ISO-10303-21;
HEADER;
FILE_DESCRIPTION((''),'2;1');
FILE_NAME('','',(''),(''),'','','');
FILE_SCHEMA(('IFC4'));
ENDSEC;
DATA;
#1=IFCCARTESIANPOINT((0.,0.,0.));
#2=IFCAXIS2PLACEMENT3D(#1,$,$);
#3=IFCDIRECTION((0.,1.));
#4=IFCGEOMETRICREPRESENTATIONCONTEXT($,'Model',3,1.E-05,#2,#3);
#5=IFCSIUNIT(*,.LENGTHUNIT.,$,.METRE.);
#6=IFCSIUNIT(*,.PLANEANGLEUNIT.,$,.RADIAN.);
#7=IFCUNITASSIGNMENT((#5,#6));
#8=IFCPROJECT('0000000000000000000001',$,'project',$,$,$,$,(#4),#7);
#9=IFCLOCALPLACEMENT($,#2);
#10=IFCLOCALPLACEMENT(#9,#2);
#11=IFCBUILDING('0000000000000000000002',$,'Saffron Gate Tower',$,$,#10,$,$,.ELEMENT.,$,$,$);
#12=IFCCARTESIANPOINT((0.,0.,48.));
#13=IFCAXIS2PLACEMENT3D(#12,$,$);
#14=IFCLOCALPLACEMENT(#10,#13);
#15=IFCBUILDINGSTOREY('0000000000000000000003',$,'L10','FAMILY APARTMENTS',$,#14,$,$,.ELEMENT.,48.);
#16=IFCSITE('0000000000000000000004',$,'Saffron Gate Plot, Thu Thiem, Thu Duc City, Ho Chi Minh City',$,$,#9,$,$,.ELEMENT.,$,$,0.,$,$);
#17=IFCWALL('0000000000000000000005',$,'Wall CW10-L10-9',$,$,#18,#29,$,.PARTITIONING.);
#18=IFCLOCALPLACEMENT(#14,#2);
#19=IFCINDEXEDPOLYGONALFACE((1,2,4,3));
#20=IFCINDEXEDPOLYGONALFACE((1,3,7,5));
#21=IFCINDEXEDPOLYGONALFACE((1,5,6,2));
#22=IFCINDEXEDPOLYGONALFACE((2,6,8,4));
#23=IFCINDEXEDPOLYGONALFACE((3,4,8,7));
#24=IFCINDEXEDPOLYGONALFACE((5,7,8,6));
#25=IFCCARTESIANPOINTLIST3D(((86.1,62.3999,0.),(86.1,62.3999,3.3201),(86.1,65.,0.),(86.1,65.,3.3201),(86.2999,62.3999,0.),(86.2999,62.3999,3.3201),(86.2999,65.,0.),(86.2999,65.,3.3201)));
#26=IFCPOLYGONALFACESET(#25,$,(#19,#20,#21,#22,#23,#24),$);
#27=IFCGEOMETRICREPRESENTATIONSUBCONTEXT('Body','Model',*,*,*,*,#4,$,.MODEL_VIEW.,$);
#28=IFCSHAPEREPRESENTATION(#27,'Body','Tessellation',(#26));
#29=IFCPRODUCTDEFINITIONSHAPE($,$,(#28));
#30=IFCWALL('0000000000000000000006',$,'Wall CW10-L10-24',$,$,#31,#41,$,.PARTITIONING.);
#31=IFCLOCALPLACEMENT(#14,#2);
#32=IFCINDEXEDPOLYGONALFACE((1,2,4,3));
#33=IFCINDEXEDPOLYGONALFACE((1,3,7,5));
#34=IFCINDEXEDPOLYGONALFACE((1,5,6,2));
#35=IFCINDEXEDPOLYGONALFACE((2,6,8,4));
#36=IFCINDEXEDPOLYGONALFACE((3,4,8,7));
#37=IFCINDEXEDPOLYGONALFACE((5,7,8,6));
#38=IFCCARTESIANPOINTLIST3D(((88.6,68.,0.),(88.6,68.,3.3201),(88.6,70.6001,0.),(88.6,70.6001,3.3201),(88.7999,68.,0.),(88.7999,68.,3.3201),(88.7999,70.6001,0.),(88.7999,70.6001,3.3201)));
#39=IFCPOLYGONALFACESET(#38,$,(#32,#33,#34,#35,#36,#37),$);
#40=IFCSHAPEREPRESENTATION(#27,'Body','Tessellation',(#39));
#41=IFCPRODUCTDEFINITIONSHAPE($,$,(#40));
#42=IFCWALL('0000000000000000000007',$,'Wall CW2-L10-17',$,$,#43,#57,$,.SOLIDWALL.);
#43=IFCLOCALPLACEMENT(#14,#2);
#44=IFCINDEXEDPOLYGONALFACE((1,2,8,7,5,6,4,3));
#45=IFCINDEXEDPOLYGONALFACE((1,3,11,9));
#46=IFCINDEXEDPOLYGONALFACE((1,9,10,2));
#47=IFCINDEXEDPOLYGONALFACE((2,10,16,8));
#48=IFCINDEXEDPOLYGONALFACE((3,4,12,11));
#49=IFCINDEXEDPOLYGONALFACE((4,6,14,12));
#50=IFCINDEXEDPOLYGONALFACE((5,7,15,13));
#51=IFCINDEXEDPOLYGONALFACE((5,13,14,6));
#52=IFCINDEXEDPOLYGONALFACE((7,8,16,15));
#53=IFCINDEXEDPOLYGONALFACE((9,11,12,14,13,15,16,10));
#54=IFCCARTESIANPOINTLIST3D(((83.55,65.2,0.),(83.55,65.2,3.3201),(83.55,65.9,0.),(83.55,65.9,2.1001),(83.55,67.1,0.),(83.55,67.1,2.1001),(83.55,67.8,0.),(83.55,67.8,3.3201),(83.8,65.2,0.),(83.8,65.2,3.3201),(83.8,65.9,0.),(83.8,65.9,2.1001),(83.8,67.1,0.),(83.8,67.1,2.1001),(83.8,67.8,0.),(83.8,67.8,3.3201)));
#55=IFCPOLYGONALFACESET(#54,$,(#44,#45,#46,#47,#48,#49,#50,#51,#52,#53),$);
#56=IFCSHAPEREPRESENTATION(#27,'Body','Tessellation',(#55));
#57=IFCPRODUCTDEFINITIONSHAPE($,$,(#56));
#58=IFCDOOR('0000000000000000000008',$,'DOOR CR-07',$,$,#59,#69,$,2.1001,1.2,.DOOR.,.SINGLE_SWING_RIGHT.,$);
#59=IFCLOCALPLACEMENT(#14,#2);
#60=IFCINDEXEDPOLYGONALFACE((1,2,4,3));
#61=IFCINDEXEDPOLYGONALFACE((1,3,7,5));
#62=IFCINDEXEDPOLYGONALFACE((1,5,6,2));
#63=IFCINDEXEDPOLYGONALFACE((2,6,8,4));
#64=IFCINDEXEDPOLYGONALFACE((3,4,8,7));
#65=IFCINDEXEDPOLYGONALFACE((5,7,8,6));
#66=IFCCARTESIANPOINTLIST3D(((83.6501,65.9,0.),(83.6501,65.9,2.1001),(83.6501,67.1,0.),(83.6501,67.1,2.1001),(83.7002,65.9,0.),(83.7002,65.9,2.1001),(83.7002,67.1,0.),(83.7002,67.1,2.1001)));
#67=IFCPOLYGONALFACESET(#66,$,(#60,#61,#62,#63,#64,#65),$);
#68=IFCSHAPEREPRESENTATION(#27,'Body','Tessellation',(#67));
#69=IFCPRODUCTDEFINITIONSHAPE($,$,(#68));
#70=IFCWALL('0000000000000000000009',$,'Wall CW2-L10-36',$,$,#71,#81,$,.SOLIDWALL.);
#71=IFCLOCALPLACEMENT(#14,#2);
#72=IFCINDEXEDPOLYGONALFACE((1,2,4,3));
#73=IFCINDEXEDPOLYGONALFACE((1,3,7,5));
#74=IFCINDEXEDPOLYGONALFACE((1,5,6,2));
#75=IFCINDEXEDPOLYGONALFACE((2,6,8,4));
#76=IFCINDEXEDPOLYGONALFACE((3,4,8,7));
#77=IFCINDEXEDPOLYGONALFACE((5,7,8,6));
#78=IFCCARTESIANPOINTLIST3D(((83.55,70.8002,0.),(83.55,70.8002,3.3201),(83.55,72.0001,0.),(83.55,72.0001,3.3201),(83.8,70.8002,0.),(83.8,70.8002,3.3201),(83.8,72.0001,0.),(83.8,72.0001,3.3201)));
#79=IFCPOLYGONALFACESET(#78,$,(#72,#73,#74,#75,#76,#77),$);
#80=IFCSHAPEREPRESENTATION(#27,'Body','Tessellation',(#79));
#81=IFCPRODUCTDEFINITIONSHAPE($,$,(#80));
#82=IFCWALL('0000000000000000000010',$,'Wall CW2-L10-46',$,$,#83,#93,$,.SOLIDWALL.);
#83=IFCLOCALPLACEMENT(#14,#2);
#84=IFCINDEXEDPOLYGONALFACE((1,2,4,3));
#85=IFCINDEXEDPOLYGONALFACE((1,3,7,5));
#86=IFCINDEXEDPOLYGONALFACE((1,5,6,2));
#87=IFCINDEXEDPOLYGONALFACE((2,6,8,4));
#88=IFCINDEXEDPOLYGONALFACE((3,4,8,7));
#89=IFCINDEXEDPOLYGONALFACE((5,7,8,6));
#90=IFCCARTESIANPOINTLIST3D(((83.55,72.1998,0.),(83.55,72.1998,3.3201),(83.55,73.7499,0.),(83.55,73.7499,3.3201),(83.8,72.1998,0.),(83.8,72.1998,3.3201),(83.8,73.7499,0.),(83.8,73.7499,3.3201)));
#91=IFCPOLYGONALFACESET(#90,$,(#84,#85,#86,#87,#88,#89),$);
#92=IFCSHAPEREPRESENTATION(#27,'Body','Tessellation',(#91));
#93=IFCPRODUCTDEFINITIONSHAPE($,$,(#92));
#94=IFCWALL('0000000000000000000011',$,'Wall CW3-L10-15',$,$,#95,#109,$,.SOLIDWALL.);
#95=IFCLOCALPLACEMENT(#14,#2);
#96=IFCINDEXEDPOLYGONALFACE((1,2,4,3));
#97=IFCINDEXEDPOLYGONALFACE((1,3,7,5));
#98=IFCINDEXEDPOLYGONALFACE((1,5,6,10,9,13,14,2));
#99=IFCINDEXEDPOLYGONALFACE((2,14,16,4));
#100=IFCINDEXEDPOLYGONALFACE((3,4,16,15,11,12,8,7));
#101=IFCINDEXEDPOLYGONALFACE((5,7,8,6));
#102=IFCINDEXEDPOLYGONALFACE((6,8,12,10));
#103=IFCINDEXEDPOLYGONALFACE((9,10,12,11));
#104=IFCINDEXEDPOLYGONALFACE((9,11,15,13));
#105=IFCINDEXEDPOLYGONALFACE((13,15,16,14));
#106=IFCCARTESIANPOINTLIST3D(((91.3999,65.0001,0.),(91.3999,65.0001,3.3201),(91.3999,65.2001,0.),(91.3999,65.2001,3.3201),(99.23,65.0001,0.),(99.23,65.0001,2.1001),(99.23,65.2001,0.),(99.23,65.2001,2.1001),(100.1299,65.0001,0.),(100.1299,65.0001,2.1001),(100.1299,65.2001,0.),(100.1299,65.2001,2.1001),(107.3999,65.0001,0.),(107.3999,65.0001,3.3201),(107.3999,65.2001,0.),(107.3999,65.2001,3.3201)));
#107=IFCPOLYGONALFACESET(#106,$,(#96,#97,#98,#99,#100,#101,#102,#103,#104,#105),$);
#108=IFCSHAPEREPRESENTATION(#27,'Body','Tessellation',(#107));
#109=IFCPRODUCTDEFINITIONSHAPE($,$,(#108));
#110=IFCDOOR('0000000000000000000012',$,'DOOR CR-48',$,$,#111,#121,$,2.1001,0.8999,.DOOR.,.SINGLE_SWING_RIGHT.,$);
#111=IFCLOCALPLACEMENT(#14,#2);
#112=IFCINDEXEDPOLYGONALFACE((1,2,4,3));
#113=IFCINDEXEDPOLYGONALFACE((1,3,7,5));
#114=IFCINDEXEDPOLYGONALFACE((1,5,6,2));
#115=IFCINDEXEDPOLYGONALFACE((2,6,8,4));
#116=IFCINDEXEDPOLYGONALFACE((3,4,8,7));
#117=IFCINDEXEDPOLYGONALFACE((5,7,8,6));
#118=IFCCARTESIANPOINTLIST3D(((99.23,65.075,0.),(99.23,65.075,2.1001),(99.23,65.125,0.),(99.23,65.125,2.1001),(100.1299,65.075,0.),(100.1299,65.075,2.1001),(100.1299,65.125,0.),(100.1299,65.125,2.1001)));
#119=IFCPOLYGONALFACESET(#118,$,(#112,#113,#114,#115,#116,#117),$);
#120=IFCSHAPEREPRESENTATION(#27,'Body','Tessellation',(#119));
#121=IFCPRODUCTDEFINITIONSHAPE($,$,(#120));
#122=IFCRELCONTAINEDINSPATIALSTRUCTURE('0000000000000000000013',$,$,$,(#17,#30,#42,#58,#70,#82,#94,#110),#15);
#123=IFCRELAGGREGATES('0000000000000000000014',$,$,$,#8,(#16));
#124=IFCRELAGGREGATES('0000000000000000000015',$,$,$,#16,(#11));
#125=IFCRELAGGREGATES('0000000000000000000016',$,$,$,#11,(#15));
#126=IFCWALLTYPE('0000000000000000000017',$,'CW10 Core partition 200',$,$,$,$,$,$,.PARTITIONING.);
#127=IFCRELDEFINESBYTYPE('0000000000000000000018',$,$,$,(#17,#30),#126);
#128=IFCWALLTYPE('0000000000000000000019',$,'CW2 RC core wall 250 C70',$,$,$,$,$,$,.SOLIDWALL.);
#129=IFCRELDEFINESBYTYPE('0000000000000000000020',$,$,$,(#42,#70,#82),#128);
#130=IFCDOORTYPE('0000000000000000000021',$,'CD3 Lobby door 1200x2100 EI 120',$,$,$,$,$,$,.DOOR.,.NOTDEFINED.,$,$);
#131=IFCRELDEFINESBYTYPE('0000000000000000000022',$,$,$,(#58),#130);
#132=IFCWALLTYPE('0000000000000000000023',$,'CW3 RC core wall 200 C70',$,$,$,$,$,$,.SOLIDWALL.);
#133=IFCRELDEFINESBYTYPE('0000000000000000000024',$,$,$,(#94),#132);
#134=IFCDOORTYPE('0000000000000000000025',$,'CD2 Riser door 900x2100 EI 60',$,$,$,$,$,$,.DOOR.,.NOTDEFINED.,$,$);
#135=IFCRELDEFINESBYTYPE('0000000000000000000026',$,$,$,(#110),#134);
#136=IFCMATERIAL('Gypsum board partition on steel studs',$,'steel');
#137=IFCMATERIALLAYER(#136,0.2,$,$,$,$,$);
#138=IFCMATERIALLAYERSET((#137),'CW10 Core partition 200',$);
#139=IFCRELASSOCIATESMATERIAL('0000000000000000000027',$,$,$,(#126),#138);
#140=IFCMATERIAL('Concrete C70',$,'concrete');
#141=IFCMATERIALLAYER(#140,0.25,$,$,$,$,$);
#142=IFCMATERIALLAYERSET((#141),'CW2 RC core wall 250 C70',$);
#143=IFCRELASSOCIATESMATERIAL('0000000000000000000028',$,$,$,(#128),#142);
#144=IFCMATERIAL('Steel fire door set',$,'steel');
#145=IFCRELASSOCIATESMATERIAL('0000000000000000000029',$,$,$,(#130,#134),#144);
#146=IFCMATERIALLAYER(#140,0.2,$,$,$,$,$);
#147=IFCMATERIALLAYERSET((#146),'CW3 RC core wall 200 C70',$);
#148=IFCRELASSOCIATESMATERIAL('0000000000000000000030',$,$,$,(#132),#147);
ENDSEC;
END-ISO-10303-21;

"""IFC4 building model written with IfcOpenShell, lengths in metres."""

from ifc_helpers import new_model, si_unit, direction, frame, frame_2d, origin, place, context, subcontext, project, spatial, rectangle, extrude, material, layer, layer_set, type_object, element, fill, save


model = new_model("IFC4")

# Units and contexts
model_context = context("Model", 3, precision=1e-05, world=origin(), true_north=direction((0.0, 1.0)))
body_context = subcontext(model_context, "Body", "Model", "MODEL_VIEW")
ifc_project = project(units=[si_unit("LENGTHUNIT", "METRE"), si_unit("PLANEANGLEUNIT", "RADIAN")], contexts=[model_context])

# Site, building, storey
site_placement = place(None, origin())
site = spatial("IfcSite", under=ifc_project, at=site_placement, Name="Saffron Gate Plot, Thu Thiem, Thu Duc City, Ho Chi Minh City", CompositionType="ELEMENT", RefElevation=0.0)
building_placement = place(site_placement, origin())
building = spatial("IfcBuilding", under=site, at=building_placement, Name="Saffron Gate Tower", CompositionType="ELEMENT")
storey_placement = place(building_placement, frame((0.0, 0.0, 48.0)))
storey = spatial("IfcBuildingStorey", under=building, at=storey_placement, Name="L10", Description="FAMILY APARTMENTS", CompositionType="ELEMENT", Elevation=48.0)

# Walls
ifc_material_1 = material(Name="Gypsum board partition on steel studs", Category="steel")
ifc_layer_1 = layer(ifc_material_1, 0.2)
ifc_layer_set_1 = layer_set([ifc_layer_1], Name="CW10 Core partition 200")
wall_type_1 = type_object("IfcWallType", Name="CW10 Core partition 200", PredefinedType="PARTITIONING", material=ifc_layer_set_1)
for number, where, z_axis, x_axis, name in (
    (1, (86.2, 62.3999, 0.0), (0.0, 0.0, 1.0), (0.0, 1.0, 0.0), "Wall CW10-L10-9"),
    (2, (88.7, 68.0, 0.0), (0.0, 0.0, 1.0), (0.0, 1.0, 0.0), "Wall CW10-L10-24"),
):
    element("IfcWall", number, at=place(storey_placement, frame(where, z_axis=z_axis, x_axis=x_axis)), inside=storey, type_object=wall_type_1, Name=name, PredefinedType="PARTITIONING", context=body_context, shape_type="SweptSolid", body=[
        extrude(rectangle(XDim=2.6001, YDim=0.2, at=frame_2d((1.3, 0.0))), origin(), (0.0, 0.0, 1.0), 3.3201),
    ])

# Wall, opening, door
ifc_material_2 = material(Name="Concrete C70", Category="concrete")
ifc_layer_2 = layer(ifc_material_2, 0.25)
ifc_layer_set_2 = layer_set([ifc_layer_2], Name="CW2 RC core wall 250 C70")
wall_type_2 = type_object("IfcWallType", Name="CW2 RC core wall 250 C70", PredefinedType="SOLIDWALL", material=ifc_layer_set_2)
wall_1_placement = place(storey_placement, frame((83.675, 65.2, 0.0), z_axis=(0.0, 0.0, 1.0), x_axis=(0.0, 1.0, 0.0)))
wall_1 = element("IfcWall", 3, at=wall_1_placement, inside=storey, type_object=wall_type_2, Name="Wall CW2-L10-17", PredefinedType="SOLIDWALL", context=body_context, shape_type="SweptSolid", body=[
    extrude(rectangle(XDim=2.6001, YDim=0.25, at=frame_2d((1.3, 0.0))), origin(), (0.0, 0.0, 1.0), 3.3201),
])
opening_1_placement = place(wall_1_placement, frame((0.7, 0.0, 0.0)))
opening_1 = element("IfcOpeningElement", 4, at=opening_1_placement, cuts=wall_1, PredefinedType="OPENING", context=body_context, shape_type="SweptSolid", body=[
    extrude(rectangle(XDim=1.2, YDim=2.1001, at=frame_2d((0.6001, 1.05))), frame((0.0, 0.135, 0.0), z_axis=(0.0, -1.0, 0.0), x_axis=(1.0, 0.0, 0.0)), (0.0, 0.0, 1.0), 0.27),
])
ifc_material_3 = material(Name="Steel fire door set", Category="steel")
door_type_1 = type_object("IfcDoorType", Name="CD3 Lobby door 1200x2100 EI 120", OperationType="NOTDEFINED", PredefinedType="DOOR", material=ifc_material_3)
door_1_placement = place(opening_1_placement, origin())
door_1 = element("IfcDoor", 5, at=door_1_placement, inside=storey, type_object=door_type_1, Name="DOOR CR-07", OperationType="SINGLE_SWING_RIGHT", OverallHeight=2.1001, OverallWidth=1.2, PredefinedType="DOOR", context=body_context, shape_type="SweptSolid", body=[
    extrude(rectangle(XDim=1.2, YDim=2.1001, at=frame_2d((0.6001, 1.05))), frame((0.0, 0.0249, 0.0), z_axis=(0.0, -1.0, 0.0), x_axis=(1.0, 0.0, 0.0)), (0.0, 0.0, 1.0), 0.05),
])
fill(opening_1, door_1)

# Walls
wall_2_placement = place(storey_placement, frame((83.675, 70.8, 0.0), z_axis=(0.0, 0.0, 1.0), x_axis=(0.0, 1.0, 0.0)))
element("IfcWall", 6, at=wall_2_placement, inside=storey, type_object=wall_type_2, Name="Wall CW2-L10-36", PredefinedType="SOLIDWALL", context=body_context, shape_type="SweptSolid", body=[
    extrude(rectangle(XDim=1.2, YDim=0.25, at=frame_2d((0.6001, 0.0))), origin(), (0.0, 0.0, 1.0), 3.3201),
])
wall_3_placement = place(storey_placement, frame((83.675, 72.2, 0.0), z_axis=(0.0, 0.0, 1.0), x_axis=(0.0, 1.0, 0.0)))
element("IfcWall", 7, at=wall_3_placement, inside=storey, type_object=wall_type_2, Name="Wall CW2-L10-46", PredefinedType="SOLIDWALL", context=body_context, shape_type="SweptSolid", body=[
    extrude(rectangle(XDim=1.55, YDim=0.25, at=frame_2d((0.7749, 0.0))), origin(), (0.0, 0.0, 1.0), 3.3201),
])

# Wall, opening, door
ifc_layer_3 = layer(ifc_material_2, 0.2)
ifc_layer_set_3 = layer_set([ifc_layer_3], Name="CW3 RC core wall 200 C70")
wall_type_3 = type_object("IfcWallType", Name="CW3 RC core wall 200 C70", PredefinedType="SOLIDWALL", material=ifc_layer_set_3)
wall_4_placement = place(storey_placement, frame((91.3999, 65.1001, 0.0), z_axis=(0.0, 0.0, 1.0), x_axis=(1.0, 0.0, 0.0)))
wall_4 = element("IfcWall", 8, at=wall_4_placement, inside=storey, type_object=wall_type_3, Name="Wall CW3-L10-15", PredefinedType="SOLIDWALL", context=body_context, shape_type="SweptSolid", body=[
    extrude(rectangle(XDim=16.0, YDim=0.2, at=frame_2d((8.0, 0.0))), origin(), (0.0, 0.0, 1.0), 3.3201),
])
opening_2_placement = place(wall_4_placement, frame((7.8301, 0.0, 0.0)))
opening_2 = element("IfcOpeningElement", 9, at=opening_2_placement, cuts=wall_4, PredefinedType="OPENING", context=body_context, shape_type="SweptSolid", body=[
    extrude(rectangle(XDim=0.8999, YDim=2.1001, at=frame_2d((0.45, 1.05))), frame((0.0, 0.1099, 0.0), z_axis=(0.0, -1.0, 0.0), x_axis=(1.0, 0.0, 0.0)), (0.0, 0.0, 1.0), 0.22),
])
door_type_2 = type_object("IfcDoorType", Name="CD2 Riser door 900x2100 EI 60", OperationType="NOTDEFINED", PredefinedType="DOOR", material=ifc_material_3)
door_2_placement = place(opening_2_placement, origin())
door_2 = element("IfcDoor", 10, at=door_2_placement, inside=storey, type_object=door_type_2, Name="DOOR CR-48", OperationType="SINGLE_SWING_RIGHT", OverallHeight=2.1001, OverallWidth=0.8999, PredefinedType="DOOR", context=body_context, shape_type="SweptSolid", body=[
    extrude(rectangle(XDim=0.8999, YDim=2.1001, at=frame_2d((0.45, 1.05))), frame((0.0, 0.0249, 0.0), z_axis=(0.0, -1.0, 0.0), x_axis=(1.0, 0.0, 0.0)), (0.0, 0.0, 1.0), 0.05),
])
fill(opening_2, door_2)

save(model, "model.ifc")
